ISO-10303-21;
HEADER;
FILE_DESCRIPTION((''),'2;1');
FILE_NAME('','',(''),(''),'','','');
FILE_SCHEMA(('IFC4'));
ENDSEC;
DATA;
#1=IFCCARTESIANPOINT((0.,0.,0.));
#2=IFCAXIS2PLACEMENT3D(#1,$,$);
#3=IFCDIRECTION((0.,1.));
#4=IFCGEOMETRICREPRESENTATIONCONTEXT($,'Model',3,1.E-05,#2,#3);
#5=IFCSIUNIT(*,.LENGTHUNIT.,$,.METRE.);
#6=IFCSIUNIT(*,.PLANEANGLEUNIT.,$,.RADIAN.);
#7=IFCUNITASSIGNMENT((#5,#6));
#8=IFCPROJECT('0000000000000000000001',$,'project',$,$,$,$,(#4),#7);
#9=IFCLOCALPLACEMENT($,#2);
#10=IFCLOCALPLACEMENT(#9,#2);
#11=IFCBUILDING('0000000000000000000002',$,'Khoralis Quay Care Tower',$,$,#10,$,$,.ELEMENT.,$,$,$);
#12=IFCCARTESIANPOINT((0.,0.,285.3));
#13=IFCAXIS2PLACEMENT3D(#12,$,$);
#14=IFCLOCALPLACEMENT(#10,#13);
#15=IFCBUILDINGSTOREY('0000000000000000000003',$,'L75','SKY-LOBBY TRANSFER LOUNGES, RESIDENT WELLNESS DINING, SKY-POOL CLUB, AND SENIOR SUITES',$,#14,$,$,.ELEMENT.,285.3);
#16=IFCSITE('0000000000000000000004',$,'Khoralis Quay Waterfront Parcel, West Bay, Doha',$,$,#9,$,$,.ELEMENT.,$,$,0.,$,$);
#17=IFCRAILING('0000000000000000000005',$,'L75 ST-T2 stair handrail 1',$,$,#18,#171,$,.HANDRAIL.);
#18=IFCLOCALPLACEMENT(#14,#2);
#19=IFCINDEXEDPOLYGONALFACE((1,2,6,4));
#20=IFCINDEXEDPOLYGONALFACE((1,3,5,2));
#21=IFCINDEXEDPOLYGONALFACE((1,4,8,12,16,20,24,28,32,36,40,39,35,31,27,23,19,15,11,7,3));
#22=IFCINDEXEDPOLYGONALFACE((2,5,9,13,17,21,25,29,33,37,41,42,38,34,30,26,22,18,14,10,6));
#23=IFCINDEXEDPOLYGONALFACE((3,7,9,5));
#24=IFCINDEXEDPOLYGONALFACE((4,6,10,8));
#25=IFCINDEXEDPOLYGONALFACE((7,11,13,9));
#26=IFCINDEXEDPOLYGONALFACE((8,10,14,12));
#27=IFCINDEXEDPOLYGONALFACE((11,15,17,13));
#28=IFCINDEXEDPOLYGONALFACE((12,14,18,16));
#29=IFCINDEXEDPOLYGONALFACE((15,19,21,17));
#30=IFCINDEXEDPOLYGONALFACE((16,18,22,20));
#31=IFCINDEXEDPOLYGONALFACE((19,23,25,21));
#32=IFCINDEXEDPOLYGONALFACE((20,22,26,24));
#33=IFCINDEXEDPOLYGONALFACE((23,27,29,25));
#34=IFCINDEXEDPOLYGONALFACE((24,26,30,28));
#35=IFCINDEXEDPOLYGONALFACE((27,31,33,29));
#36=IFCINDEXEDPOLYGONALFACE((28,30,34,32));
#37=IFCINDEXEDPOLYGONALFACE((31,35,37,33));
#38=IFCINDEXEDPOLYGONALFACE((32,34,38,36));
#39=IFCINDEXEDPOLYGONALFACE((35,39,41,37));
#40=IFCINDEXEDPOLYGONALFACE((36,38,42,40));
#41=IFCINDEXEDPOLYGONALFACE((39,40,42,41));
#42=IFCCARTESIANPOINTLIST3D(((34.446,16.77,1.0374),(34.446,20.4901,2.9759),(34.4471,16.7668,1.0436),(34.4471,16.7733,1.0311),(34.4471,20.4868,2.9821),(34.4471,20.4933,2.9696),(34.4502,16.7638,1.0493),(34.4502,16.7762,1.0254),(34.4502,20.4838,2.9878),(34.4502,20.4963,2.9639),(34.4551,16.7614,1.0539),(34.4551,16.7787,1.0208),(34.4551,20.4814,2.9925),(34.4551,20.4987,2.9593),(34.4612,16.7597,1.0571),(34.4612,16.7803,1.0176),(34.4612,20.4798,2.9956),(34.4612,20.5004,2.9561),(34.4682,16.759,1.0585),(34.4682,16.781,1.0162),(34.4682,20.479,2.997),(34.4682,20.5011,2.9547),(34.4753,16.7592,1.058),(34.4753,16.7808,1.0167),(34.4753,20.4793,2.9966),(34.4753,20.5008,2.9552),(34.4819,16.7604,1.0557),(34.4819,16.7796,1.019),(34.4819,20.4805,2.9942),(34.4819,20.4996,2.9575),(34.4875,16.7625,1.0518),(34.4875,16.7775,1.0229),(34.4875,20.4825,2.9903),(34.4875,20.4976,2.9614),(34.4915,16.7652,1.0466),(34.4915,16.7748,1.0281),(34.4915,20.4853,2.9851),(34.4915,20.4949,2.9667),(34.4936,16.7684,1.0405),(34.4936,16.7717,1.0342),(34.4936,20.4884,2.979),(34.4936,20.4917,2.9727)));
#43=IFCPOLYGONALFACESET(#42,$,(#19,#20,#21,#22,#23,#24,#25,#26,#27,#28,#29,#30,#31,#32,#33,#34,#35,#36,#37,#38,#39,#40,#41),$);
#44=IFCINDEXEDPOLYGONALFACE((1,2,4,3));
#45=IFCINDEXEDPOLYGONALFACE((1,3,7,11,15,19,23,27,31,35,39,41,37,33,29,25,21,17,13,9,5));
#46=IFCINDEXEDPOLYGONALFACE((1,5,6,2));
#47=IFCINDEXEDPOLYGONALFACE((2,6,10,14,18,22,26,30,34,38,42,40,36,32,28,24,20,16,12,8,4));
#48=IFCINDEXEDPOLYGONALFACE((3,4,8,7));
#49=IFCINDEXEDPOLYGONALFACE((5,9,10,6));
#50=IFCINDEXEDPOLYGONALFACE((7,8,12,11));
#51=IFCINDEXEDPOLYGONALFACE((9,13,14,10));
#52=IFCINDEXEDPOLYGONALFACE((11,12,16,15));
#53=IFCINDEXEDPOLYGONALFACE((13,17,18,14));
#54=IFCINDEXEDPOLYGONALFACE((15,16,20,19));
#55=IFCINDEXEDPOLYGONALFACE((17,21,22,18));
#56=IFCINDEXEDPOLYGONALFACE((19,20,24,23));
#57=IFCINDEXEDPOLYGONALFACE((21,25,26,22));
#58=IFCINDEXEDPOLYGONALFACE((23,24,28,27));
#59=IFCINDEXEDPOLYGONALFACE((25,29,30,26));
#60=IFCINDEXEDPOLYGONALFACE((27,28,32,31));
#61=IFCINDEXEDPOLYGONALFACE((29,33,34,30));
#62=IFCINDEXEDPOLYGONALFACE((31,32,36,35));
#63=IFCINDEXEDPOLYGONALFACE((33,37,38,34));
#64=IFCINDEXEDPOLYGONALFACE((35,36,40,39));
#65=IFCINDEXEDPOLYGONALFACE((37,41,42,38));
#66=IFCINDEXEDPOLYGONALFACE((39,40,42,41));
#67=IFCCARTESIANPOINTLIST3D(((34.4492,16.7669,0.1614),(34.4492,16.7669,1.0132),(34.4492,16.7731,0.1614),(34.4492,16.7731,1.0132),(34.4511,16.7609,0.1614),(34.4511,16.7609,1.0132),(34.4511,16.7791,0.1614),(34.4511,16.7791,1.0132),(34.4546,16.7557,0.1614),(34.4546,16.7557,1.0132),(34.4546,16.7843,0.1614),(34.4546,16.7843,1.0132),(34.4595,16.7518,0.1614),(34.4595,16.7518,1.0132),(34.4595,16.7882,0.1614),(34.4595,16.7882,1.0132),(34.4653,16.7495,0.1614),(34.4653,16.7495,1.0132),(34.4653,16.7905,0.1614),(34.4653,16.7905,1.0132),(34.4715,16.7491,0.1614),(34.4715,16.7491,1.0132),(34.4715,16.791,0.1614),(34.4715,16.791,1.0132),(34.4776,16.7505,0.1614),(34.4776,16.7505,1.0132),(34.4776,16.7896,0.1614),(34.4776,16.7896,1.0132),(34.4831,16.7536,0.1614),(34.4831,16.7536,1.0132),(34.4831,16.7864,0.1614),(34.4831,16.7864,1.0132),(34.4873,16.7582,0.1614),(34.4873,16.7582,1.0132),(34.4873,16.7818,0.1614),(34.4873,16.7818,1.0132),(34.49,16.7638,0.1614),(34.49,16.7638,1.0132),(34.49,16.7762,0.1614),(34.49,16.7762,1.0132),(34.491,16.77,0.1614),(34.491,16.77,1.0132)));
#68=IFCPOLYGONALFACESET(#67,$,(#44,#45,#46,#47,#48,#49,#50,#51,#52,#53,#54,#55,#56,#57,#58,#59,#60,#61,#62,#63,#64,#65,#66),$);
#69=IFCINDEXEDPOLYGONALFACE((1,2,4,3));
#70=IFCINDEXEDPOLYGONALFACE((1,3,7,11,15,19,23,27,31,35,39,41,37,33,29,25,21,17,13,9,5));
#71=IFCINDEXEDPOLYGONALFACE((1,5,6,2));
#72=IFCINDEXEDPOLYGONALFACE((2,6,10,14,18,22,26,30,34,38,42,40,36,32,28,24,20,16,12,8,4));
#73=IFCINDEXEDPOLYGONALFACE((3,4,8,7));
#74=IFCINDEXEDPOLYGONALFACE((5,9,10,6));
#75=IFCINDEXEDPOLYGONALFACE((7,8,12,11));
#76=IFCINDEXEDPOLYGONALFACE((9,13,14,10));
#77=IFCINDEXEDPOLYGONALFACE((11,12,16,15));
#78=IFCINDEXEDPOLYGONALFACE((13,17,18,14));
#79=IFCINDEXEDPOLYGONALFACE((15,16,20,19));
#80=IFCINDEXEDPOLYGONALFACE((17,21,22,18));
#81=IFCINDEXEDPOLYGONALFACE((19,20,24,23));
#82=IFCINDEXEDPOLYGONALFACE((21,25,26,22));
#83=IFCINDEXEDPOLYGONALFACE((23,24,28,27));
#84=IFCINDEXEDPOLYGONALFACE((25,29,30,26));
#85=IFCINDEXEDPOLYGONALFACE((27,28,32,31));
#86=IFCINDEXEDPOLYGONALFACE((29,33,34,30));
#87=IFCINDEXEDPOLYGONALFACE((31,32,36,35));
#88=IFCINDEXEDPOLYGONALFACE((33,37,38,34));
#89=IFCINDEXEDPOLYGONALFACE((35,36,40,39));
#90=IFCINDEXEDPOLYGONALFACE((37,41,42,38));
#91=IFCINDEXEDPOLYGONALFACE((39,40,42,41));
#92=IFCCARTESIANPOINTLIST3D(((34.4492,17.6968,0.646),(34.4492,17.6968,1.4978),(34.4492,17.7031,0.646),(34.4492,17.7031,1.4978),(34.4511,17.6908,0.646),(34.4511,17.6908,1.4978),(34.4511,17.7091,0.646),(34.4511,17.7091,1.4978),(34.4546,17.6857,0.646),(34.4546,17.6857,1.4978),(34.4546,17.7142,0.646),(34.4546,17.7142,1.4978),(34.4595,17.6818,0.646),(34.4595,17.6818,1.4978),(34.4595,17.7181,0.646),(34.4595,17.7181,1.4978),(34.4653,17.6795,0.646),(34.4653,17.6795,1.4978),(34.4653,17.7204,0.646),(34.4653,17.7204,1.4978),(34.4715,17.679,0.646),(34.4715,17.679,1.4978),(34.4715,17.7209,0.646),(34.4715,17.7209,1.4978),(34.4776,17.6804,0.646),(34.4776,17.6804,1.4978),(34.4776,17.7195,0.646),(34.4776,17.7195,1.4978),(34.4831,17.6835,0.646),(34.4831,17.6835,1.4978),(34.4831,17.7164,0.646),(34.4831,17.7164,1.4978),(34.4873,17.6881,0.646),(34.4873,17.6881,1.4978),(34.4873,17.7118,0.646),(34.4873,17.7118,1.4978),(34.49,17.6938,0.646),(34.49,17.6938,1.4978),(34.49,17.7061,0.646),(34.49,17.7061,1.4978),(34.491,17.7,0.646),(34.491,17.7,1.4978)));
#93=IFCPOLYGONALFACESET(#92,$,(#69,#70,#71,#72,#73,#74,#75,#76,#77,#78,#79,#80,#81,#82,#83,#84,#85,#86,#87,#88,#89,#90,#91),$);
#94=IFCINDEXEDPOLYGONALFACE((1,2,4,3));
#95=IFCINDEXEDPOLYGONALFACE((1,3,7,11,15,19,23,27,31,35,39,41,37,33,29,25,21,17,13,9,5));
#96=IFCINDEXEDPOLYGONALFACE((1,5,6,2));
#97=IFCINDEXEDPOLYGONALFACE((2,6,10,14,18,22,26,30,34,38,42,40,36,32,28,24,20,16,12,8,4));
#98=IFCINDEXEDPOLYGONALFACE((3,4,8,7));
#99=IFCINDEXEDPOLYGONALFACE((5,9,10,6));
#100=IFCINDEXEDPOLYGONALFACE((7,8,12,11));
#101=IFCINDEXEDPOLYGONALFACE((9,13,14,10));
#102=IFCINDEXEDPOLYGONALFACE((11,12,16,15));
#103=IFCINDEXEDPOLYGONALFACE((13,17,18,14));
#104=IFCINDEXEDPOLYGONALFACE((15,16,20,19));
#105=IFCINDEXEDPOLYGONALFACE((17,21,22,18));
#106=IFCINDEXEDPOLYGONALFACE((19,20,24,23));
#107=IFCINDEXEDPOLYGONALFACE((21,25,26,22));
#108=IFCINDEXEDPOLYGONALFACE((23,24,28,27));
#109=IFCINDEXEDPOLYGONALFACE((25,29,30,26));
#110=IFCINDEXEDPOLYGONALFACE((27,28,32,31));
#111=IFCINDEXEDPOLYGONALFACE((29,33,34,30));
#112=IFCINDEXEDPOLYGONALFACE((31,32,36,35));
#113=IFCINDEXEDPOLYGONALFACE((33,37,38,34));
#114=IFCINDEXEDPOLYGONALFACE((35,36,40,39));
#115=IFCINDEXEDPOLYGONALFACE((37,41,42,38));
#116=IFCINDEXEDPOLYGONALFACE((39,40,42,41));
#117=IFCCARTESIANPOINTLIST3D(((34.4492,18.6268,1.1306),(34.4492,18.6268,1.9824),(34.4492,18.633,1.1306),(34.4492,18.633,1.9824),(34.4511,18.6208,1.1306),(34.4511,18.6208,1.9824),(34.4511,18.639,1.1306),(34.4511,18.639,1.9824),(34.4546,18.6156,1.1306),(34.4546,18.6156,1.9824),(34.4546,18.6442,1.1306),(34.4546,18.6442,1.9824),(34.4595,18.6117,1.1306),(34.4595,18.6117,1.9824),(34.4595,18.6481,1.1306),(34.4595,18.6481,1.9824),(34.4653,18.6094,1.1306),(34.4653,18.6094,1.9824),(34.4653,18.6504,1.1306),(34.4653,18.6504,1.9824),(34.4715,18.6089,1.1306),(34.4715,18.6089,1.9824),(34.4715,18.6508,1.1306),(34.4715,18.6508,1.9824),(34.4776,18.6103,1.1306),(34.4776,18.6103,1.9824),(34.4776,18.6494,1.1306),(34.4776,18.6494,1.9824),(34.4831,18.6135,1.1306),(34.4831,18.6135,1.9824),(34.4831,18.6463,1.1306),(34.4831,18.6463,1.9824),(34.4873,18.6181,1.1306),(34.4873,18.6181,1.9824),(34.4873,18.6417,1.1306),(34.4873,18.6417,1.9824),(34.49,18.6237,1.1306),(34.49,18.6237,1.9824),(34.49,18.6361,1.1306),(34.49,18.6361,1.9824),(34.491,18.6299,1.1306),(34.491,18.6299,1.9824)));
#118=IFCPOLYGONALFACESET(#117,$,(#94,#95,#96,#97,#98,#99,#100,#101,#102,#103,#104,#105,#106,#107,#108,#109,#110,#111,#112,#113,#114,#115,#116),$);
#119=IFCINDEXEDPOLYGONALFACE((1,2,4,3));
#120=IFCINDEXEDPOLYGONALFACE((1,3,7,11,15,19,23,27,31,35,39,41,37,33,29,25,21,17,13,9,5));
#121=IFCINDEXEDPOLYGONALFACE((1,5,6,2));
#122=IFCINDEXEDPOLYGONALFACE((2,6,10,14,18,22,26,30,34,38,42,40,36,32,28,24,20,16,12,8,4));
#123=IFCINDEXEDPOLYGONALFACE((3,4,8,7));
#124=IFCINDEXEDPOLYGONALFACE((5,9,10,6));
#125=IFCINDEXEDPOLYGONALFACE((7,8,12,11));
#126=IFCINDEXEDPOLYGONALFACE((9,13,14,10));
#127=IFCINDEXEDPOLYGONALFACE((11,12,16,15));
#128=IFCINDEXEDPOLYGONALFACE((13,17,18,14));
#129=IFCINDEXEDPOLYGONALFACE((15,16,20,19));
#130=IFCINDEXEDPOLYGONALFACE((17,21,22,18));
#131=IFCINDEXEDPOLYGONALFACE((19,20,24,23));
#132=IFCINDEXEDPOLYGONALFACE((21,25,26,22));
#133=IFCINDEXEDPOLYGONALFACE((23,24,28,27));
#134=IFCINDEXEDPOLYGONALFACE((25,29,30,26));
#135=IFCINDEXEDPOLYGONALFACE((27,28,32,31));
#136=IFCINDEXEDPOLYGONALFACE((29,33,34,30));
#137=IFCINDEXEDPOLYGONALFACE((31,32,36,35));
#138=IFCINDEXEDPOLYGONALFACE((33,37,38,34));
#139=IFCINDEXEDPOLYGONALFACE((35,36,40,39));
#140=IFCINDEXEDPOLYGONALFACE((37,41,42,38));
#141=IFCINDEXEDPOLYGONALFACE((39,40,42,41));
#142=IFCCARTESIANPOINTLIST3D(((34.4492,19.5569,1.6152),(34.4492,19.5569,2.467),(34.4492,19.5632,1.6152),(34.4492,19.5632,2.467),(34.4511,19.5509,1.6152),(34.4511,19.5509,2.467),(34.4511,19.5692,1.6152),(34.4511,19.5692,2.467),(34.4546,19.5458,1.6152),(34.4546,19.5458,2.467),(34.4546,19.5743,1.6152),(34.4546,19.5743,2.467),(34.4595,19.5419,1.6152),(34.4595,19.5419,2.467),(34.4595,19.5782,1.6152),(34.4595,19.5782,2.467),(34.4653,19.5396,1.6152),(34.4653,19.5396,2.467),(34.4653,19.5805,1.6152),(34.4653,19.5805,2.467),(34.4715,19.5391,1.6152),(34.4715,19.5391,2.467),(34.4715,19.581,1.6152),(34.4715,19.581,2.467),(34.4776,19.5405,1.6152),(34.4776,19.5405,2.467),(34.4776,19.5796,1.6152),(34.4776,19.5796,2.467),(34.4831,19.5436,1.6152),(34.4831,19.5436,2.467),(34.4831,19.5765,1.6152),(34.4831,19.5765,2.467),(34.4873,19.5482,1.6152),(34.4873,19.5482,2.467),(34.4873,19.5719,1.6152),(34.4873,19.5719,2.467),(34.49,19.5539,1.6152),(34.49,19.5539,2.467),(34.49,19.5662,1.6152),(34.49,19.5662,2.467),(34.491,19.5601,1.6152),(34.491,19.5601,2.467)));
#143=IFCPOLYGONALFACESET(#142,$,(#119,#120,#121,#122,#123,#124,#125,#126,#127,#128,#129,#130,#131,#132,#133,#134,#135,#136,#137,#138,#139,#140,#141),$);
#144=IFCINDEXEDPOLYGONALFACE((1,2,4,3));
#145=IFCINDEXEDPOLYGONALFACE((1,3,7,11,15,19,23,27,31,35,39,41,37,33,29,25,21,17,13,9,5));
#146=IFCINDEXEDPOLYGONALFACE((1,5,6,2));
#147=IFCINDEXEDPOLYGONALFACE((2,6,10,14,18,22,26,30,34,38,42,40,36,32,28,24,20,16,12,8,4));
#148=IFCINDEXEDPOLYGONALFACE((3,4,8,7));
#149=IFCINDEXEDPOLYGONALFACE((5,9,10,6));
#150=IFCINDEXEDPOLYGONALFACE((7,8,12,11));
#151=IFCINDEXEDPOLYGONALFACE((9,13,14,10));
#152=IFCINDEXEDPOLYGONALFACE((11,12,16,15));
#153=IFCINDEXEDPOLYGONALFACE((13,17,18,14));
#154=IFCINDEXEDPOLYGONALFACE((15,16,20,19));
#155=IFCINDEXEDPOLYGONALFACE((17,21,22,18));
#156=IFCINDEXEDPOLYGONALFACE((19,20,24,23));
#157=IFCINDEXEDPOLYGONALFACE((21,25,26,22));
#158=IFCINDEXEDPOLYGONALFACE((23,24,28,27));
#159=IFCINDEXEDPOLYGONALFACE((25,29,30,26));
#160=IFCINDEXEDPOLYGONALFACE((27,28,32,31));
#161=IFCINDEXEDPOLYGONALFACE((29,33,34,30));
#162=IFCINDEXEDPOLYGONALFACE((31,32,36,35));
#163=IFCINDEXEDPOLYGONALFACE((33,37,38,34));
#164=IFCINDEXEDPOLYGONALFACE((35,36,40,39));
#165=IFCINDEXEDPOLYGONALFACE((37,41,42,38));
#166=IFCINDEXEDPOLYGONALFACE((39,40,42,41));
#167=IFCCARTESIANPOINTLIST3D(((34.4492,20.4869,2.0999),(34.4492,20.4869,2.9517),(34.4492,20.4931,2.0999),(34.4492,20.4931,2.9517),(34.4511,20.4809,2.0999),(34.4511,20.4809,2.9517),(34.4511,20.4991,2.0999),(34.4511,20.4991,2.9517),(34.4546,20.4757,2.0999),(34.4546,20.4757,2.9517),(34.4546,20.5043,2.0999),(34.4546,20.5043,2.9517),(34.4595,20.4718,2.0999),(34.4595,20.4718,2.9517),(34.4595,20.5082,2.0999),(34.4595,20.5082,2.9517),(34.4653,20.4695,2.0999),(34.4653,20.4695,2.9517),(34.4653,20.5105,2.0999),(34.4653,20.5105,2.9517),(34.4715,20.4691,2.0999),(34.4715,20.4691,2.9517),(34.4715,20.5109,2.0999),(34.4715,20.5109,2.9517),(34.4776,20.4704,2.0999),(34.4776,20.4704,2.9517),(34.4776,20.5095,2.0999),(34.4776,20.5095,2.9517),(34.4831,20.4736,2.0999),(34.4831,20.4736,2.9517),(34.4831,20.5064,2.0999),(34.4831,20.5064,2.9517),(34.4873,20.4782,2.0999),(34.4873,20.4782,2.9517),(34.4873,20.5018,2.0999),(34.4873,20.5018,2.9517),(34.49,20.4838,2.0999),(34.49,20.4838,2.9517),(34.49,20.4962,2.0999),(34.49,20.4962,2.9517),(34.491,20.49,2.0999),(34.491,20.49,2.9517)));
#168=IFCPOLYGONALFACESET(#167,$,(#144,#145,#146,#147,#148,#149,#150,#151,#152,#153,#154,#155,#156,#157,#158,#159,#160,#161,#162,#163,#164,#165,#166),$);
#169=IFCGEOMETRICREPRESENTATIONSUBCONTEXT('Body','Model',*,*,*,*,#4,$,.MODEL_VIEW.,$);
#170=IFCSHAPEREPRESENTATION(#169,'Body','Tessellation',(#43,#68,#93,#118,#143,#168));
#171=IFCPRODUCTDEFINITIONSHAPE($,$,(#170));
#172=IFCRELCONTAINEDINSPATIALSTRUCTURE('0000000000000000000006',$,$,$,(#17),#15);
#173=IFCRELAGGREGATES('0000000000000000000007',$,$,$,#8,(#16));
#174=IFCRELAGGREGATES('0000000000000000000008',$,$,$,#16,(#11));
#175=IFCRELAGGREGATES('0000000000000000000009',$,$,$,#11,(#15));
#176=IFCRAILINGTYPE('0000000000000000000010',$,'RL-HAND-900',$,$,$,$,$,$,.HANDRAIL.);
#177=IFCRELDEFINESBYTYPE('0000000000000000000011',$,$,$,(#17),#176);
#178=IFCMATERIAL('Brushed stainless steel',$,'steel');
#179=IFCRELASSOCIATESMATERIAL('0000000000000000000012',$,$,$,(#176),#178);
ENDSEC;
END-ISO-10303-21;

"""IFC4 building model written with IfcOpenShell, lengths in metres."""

from ifc_helpers import new_model, si_unit, direction, frame, origin, origin_2d, place, context, subcontext, project, spatial, circle, extrude, material, type_object, element, save


model = new_model("IFC4")

# Units and contexts
model_context = context("Model", 3, precision=1e-05, world=origin(), true_north=direction((0.0, 1.0)))
body_context = subcontext(model_context, "Body", "Model", "MODEL_VIEW")
ifc_project = project(units=[si_unit("LENGTHUNIT", "METRE"), si_unit("PLANEANGLEUNIT", "RADIAN")], contexts=[model_context])

# Site, building, storey
site_placement = place(None, origin())
site = spatial("IfcSite", under=ifc_project, at=site_placement, Name="Khoralis Quay Waterfront Parcel, West Bay, Doha", CompositionType="ELEMENT", RefElevation=0.0)
building_placement = place(site_placement, origin())
building = spatial("IfcBuilding", under=site, at=building_placement, Name="Khoralis Quay Care Tower", CompositionType="ELEMENT")
storey_placement = place(building_placement, frame((0.0, 0.0, 285.3)))
storey = spatial("IfcBuildingStorey", under=building, at=storey_placement, Name="L75", Description="SKY-LOBBY TRANSFER LOUNGES, RESIDENT WELLNESS DINING, SKY-POOL CLUB, AND SENIOR SUITES", CompositionType="ELEMENT", Elevation=285.3)

# Shared definitions
ifc_material_1 = material(Name="Brushed stainless steel", Category="steel")

# Railing
railing_type_1 = type_object("IfcRailingType", Name="RL-HAND-900", PredefinedType="HANDRAIL", material=ifc_material_1)
railing_1_placement = place(storey_placement, frame((34.47, 16.77, 0.1614)))
element("IfcRailing", 1, at=railing_1_placement, inside=storey, type_object=railing_type_1, Name="L75 ST-T2 stair handrail 1", PredefinedType="HANDRAIL", context=body_context, shape_type="SweptSolid", body=[
    extrude(circle(Radius=0.0239, at=origin_2d()), frame((0.0, 0.0, 0.876), z_axis=(0.0, 0.886817, 0.46212), x_axis=(-1.0, 0.0, 0.0)), (0.0, 0.0, 1.0), 4.1948),
    extrude(circle(Radius=0.021, at=origin_2d()), origin(), (0.0, 0.0, 1.0), 0.8518),
    extrude(circle(Radius=0.021, at=origin_2d()), frame((0.0, 0.9299, 0.4846)), (0.0, 0.0, 1.0), 0.8518),
    extrude(circle(Radius=0.021, at=origin_2d()), frame((0.0, 1.8599, 0.9692)), (0.0, 0.0, 1.0), 0.8518),
    extrude(circle(Radius=0.021, at=origin_2d()), frame((0.0, 2.79, 1.4539)), (0.0, 0.0, 1.0), 0.8518),
    extrude(circle(Radius=0.021, at=origin_2d()), frame((0.0, 3.72, 1.9385)), (0.0, 0.0, 1.0), 0.8518),
])

save(model, "model.ifc")
